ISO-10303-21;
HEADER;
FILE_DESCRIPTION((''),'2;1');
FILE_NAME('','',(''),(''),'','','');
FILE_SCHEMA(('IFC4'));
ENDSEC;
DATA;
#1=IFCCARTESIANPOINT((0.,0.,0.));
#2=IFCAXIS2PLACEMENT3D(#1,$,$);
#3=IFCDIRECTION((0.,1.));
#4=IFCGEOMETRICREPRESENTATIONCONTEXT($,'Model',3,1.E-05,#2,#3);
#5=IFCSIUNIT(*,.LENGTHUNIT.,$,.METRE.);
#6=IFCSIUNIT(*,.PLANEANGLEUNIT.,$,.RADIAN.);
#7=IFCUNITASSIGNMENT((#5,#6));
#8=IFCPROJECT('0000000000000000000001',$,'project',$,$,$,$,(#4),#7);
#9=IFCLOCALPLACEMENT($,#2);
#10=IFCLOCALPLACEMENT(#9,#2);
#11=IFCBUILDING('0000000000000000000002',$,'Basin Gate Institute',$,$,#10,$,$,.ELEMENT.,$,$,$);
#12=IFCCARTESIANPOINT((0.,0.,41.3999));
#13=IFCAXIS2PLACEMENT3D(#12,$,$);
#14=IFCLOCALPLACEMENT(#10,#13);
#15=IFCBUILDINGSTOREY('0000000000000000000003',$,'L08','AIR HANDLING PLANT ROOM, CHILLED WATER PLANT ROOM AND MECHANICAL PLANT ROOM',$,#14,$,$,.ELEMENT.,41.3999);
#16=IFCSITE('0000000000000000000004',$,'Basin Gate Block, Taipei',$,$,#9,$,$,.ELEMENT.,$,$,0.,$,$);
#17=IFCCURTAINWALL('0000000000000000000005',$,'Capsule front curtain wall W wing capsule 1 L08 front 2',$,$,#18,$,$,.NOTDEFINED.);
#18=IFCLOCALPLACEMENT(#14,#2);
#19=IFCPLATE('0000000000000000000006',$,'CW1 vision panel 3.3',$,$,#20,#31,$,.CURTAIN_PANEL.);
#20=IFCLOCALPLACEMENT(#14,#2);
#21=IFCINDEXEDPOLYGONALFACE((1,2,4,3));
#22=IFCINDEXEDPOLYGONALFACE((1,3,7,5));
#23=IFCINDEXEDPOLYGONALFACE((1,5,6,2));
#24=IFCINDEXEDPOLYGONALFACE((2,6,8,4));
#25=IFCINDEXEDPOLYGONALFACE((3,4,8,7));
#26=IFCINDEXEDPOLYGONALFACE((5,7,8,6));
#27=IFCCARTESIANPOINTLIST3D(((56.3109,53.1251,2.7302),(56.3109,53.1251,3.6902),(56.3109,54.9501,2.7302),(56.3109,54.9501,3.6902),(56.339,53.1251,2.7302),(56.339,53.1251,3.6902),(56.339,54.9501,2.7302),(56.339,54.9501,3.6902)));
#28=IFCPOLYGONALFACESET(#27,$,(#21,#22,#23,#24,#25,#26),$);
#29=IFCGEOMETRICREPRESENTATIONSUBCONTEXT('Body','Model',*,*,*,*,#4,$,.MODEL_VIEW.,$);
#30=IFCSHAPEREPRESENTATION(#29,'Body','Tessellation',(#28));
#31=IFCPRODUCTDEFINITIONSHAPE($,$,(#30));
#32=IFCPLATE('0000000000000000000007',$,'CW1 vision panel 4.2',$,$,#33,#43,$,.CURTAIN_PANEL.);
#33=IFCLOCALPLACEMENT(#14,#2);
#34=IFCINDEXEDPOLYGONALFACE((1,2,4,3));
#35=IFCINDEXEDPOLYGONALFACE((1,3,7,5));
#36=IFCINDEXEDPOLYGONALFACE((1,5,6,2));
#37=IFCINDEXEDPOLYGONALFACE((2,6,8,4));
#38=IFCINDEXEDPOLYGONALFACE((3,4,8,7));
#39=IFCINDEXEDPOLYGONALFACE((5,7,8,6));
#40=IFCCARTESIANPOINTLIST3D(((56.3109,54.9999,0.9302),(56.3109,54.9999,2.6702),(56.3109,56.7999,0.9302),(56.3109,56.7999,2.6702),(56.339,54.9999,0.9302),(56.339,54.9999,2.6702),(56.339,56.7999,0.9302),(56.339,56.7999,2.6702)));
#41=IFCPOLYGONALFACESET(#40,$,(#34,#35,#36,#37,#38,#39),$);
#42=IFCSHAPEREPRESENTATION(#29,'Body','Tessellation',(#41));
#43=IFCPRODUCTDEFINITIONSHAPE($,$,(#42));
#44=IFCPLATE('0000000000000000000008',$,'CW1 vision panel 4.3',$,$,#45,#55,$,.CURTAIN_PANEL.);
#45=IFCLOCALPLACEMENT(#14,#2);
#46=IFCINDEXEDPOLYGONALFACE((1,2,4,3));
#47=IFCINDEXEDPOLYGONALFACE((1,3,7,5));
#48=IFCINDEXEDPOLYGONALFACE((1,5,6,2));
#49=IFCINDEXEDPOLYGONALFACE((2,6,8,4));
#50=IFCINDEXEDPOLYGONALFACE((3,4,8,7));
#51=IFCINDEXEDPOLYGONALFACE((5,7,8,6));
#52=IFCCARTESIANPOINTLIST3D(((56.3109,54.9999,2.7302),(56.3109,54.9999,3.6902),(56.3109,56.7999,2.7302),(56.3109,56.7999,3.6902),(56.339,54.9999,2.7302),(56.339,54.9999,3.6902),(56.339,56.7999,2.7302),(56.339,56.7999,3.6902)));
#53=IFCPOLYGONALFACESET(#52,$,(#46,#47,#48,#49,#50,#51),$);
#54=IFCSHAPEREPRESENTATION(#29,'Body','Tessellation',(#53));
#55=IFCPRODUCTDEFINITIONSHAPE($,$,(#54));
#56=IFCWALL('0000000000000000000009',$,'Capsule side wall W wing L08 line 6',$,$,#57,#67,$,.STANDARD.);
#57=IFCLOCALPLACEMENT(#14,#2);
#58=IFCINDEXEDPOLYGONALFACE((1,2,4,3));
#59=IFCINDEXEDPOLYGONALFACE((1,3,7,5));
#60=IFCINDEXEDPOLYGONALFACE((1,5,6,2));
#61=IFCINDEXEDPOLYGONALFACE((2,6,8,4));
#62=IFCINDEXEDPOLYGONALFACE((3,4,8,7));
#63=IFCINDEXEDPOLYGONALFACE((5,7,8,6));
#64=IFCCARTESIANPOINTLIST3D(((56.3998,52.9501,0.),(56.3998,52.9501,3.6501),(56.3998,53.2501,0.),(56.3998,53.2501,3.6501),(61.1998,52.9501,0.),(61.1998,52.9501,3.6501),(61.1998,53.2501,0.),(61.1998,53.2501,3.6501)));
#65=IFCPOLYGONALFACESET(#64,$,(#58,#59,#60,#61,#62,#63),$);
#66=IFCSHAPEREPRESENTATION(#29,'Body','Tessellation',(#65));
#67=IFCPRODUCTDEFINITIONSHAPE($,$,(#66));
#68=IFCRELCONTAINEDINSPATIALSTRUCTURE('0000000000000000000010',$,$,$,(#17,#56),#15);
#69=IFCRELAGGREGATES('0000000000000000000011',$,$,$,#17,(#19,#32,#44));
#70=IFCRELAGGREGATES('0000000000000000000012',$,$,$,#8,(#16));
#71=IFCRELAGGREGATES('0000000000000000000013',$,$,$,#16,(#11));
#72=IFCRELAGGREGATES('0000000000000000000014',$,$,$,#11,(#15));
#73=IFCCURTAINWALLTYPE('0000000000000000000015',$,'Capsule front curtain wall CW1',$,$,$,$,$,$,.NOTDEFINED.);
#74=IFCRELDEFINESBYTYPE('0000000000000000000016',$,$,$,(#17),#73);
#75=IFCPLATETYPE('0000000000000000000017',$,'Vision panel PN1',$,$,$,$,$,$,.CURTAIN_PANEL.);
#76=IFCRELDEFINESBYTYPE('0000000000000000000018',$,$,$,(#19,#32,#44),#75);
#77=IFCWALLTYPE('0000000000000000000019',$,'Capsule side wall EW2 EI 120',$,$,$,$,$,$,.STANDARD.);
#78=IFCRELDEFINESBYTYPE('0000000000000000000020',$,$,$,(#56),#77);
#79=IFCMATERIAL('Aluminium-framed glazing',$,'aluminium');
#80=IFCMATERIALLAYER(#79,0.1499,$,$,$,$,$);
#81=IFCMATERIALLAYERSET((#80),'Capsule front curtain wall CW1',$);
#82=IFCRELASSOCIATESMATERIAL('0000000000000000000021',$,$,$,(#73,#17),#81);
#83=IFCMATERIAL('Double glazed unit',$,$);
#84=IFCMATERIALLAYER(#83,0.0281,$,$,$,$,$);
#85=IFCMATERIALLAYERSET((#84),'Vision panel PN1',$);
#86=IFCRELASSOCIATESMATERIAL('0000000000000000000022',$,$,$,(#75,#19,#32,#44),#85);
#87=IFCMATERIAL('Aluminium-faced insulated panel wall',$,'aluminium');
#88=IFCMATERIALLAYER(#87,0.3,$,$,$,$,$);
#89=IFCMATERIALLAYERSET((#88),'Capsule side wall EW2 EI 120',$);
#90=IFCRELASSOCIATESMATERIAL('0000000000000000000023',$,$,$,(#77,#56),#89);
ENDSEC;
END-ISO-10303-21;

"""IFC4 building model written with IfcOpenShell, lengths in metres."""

from ifc_helpers import new_model, si_unit, direction, frame, frame_2d, origin, origin_2d, place, context, subcontext, project, spatial, rectangle, extrude, material, layer, layer_set, type_object, element, aggregate, save


model = new_model("IFC4")

# Units and contexts
model_context = context("Model", 3, precision=1e-05, world=origin(), true_north=direction((0.0, 1.0)))
body_context = subcontext(model_context, "Body", "Model", "MODEL_VIEW")
ifc_project = project(units=[si_unit("LENGTHUNIT", "METRE"), si_unit("PLANEANGLEUNIT", "RADIAN")], contexts=[model_context])

# Site, building, storey
site_placement = place(None, origin())
site = spatial("IfcSite", under=ifc_project, at=site_placement, Name="Basin Gate Block, Taipei", CompositionType="ELEMENT", RefElevation=0.0)
building_placement = place(site_placement, origin())
building = spatial("IfcBuilding", under=site, at=building_placement, Name="Basin Gate Institute", CompositionType="ELEMENT")
storey_placement = place(building_placement, frame((0.0, 0.0, 41.3999)))
storey = spatial("IfcBuildingStorey", under=building, at=storey_placement, Name="L08", Description="AIR HANDLING PLANT ROOM, CHILLED WATER PLANT ROOM AND MECHANICAL PLANT ROOM", CompositionType="ELEMENT", Elevation=41.3999)

# Shared definitions
ifc_material_1 = material(Name="Aluminium-framed glazing", Category="aluminium")
ifc_layer_1 = layer(ifc_material_1, 0.1499)
ifc_layer_set_1 = layer_set([ifc_layer_1], Name="Capsule front curtain wall CW1")
curtain_wall_type = type_object("IfcCurtainWallType", Name="Capsule front curtain wall CW1", PredefinedType="NOTDEFINED", material=ifc_layer_set_1)

# Curtain wall
curtain_wall_1_placement = place(storey_placement, origin())
curtain_wall_1 = element("IfcCurtainWall", 1, at=curtain_wall_1_placement, inside=storey, type_object=curtain_wall_type, material=ifc_layer_set_1, Name="Capsule front curtain wall W wing capsule 1 L08 front 2", PredefinedType="NOTDEFINED")

# Plates
ifc_material_2 = material(Name="Double glazed unit")
ifc_layer_2 = layer(ifc_material_2, 0.0281)
ifc_layer_set_2 = layer_set([ifc_layer_2], Name="Vision panel PN1")
plate_type_1 = type_object("IfcPlateType", Name="Vision panel PN1", PredefinedType="CURTAIN_PANEL", material=ifc_layer_set_2)
plate_1_placement = place(storey_placement, frame((56.325, 54.0376, 2.7302), z_axis=(0.0, 0.0, 1.0), x_axis=(0.0, 1.0, 0.0)))
plate_1 = element("IfcPlate", 2, at=plate_1_placement, type_object=plate_type_1, material=ifc_layer_set_2, Name="CW1 vision panel 3.3", PredefinedType="CURTAIN_PANEL", context=body_context, shape_type="SweptSolid", body=[
    extrude(rectangle(XDim=1.825, YDim=0.0281, at=origin_2d()), origin(), (0.0, 0.0, 1.0), 0.96),
])
plate_2_placement = place(storey_placement, frame((56.325, 55.8999, 0.9302), z_axis=(0.0, 0.0, 1.0), x_axis=(0.0, 1.0, 0.0)))
plate_2 = element("IfcPlate", 3, at=plate_2_placement, type_object=plate_type_1, material=ifc_layer_set_2, Name="CW1 vision panel 4.2", PredefinedType="CURTAIN_PANEL", context=body_context, shape_type="SweptSolid", body=[
    extrude(rectangle(XDim=1.8, YDim=0.0281, at=origin_2d()), origin(), (0.0, 0.0, 1.0), 1.74),
])
plate_3_placement = place(storey_placement, frame((56.325, 55.8999, 2.7302), z_axis=(0.0, 0.0, 1.0), x_axis=(0.0, 1.0, 0.0)))
plate_3 = element("IfcPlate", 4, at=plate_3_placement, type_object=plate_type_1, material=ifc_layer_set_2, Name="CW1 vision panel 4.3", PredefinedType="CURTAIN_PANEL", context=body_context, shape_type="SweptSolid", body=[
    extrude(rectangle(XDim=1.8, YDim=0.0281, at=origin_2d()), origin(), (0.0, 0.0, 1.0), 0.96),
])
aggregate(curtain_wall_1, [plate_1, plate_2, plate_3])

# Wall
ifc_material_3 = material(Name="Aluminium-faced insulated panel wall", Category="aluminium")
ifc_layer_3 = layer(ifc_material_3, 0.3)
ifc_layer_set_3 = layer_set([ifc_layer_3], Name="Capsule side wall EW2 EI 120")
wall_type = type_object("IfcWallType", Name="Capsule side wall EW2 EI 120", PredefinedType="STANDARD", material=ifc_layer_set_3)
wall_placement = place(storey_placement, frame((56.3999, 53.1001, 0.0), z_axis=(0.0, 0.0, 1.0), x_axis=(1.0, 0.0, 0.0)))
element("IfcWall", 5, at=wall_placement, inside=storey, type_object=wall_type, material=ifc_layer_set_3, Name="Capsule side wall W wing L08 line 6", PredefinedType="STANDARD", context=body_context, shape_type="SweptSolid", body=[
    extrude(rectangle(XDim=4.8, YDim=0.3, at=frame_2d((2.3999, 0.0))), origin(), (0.0, 0.0, 1.0), 3.6501),
])

save(model, "model.ifc")
